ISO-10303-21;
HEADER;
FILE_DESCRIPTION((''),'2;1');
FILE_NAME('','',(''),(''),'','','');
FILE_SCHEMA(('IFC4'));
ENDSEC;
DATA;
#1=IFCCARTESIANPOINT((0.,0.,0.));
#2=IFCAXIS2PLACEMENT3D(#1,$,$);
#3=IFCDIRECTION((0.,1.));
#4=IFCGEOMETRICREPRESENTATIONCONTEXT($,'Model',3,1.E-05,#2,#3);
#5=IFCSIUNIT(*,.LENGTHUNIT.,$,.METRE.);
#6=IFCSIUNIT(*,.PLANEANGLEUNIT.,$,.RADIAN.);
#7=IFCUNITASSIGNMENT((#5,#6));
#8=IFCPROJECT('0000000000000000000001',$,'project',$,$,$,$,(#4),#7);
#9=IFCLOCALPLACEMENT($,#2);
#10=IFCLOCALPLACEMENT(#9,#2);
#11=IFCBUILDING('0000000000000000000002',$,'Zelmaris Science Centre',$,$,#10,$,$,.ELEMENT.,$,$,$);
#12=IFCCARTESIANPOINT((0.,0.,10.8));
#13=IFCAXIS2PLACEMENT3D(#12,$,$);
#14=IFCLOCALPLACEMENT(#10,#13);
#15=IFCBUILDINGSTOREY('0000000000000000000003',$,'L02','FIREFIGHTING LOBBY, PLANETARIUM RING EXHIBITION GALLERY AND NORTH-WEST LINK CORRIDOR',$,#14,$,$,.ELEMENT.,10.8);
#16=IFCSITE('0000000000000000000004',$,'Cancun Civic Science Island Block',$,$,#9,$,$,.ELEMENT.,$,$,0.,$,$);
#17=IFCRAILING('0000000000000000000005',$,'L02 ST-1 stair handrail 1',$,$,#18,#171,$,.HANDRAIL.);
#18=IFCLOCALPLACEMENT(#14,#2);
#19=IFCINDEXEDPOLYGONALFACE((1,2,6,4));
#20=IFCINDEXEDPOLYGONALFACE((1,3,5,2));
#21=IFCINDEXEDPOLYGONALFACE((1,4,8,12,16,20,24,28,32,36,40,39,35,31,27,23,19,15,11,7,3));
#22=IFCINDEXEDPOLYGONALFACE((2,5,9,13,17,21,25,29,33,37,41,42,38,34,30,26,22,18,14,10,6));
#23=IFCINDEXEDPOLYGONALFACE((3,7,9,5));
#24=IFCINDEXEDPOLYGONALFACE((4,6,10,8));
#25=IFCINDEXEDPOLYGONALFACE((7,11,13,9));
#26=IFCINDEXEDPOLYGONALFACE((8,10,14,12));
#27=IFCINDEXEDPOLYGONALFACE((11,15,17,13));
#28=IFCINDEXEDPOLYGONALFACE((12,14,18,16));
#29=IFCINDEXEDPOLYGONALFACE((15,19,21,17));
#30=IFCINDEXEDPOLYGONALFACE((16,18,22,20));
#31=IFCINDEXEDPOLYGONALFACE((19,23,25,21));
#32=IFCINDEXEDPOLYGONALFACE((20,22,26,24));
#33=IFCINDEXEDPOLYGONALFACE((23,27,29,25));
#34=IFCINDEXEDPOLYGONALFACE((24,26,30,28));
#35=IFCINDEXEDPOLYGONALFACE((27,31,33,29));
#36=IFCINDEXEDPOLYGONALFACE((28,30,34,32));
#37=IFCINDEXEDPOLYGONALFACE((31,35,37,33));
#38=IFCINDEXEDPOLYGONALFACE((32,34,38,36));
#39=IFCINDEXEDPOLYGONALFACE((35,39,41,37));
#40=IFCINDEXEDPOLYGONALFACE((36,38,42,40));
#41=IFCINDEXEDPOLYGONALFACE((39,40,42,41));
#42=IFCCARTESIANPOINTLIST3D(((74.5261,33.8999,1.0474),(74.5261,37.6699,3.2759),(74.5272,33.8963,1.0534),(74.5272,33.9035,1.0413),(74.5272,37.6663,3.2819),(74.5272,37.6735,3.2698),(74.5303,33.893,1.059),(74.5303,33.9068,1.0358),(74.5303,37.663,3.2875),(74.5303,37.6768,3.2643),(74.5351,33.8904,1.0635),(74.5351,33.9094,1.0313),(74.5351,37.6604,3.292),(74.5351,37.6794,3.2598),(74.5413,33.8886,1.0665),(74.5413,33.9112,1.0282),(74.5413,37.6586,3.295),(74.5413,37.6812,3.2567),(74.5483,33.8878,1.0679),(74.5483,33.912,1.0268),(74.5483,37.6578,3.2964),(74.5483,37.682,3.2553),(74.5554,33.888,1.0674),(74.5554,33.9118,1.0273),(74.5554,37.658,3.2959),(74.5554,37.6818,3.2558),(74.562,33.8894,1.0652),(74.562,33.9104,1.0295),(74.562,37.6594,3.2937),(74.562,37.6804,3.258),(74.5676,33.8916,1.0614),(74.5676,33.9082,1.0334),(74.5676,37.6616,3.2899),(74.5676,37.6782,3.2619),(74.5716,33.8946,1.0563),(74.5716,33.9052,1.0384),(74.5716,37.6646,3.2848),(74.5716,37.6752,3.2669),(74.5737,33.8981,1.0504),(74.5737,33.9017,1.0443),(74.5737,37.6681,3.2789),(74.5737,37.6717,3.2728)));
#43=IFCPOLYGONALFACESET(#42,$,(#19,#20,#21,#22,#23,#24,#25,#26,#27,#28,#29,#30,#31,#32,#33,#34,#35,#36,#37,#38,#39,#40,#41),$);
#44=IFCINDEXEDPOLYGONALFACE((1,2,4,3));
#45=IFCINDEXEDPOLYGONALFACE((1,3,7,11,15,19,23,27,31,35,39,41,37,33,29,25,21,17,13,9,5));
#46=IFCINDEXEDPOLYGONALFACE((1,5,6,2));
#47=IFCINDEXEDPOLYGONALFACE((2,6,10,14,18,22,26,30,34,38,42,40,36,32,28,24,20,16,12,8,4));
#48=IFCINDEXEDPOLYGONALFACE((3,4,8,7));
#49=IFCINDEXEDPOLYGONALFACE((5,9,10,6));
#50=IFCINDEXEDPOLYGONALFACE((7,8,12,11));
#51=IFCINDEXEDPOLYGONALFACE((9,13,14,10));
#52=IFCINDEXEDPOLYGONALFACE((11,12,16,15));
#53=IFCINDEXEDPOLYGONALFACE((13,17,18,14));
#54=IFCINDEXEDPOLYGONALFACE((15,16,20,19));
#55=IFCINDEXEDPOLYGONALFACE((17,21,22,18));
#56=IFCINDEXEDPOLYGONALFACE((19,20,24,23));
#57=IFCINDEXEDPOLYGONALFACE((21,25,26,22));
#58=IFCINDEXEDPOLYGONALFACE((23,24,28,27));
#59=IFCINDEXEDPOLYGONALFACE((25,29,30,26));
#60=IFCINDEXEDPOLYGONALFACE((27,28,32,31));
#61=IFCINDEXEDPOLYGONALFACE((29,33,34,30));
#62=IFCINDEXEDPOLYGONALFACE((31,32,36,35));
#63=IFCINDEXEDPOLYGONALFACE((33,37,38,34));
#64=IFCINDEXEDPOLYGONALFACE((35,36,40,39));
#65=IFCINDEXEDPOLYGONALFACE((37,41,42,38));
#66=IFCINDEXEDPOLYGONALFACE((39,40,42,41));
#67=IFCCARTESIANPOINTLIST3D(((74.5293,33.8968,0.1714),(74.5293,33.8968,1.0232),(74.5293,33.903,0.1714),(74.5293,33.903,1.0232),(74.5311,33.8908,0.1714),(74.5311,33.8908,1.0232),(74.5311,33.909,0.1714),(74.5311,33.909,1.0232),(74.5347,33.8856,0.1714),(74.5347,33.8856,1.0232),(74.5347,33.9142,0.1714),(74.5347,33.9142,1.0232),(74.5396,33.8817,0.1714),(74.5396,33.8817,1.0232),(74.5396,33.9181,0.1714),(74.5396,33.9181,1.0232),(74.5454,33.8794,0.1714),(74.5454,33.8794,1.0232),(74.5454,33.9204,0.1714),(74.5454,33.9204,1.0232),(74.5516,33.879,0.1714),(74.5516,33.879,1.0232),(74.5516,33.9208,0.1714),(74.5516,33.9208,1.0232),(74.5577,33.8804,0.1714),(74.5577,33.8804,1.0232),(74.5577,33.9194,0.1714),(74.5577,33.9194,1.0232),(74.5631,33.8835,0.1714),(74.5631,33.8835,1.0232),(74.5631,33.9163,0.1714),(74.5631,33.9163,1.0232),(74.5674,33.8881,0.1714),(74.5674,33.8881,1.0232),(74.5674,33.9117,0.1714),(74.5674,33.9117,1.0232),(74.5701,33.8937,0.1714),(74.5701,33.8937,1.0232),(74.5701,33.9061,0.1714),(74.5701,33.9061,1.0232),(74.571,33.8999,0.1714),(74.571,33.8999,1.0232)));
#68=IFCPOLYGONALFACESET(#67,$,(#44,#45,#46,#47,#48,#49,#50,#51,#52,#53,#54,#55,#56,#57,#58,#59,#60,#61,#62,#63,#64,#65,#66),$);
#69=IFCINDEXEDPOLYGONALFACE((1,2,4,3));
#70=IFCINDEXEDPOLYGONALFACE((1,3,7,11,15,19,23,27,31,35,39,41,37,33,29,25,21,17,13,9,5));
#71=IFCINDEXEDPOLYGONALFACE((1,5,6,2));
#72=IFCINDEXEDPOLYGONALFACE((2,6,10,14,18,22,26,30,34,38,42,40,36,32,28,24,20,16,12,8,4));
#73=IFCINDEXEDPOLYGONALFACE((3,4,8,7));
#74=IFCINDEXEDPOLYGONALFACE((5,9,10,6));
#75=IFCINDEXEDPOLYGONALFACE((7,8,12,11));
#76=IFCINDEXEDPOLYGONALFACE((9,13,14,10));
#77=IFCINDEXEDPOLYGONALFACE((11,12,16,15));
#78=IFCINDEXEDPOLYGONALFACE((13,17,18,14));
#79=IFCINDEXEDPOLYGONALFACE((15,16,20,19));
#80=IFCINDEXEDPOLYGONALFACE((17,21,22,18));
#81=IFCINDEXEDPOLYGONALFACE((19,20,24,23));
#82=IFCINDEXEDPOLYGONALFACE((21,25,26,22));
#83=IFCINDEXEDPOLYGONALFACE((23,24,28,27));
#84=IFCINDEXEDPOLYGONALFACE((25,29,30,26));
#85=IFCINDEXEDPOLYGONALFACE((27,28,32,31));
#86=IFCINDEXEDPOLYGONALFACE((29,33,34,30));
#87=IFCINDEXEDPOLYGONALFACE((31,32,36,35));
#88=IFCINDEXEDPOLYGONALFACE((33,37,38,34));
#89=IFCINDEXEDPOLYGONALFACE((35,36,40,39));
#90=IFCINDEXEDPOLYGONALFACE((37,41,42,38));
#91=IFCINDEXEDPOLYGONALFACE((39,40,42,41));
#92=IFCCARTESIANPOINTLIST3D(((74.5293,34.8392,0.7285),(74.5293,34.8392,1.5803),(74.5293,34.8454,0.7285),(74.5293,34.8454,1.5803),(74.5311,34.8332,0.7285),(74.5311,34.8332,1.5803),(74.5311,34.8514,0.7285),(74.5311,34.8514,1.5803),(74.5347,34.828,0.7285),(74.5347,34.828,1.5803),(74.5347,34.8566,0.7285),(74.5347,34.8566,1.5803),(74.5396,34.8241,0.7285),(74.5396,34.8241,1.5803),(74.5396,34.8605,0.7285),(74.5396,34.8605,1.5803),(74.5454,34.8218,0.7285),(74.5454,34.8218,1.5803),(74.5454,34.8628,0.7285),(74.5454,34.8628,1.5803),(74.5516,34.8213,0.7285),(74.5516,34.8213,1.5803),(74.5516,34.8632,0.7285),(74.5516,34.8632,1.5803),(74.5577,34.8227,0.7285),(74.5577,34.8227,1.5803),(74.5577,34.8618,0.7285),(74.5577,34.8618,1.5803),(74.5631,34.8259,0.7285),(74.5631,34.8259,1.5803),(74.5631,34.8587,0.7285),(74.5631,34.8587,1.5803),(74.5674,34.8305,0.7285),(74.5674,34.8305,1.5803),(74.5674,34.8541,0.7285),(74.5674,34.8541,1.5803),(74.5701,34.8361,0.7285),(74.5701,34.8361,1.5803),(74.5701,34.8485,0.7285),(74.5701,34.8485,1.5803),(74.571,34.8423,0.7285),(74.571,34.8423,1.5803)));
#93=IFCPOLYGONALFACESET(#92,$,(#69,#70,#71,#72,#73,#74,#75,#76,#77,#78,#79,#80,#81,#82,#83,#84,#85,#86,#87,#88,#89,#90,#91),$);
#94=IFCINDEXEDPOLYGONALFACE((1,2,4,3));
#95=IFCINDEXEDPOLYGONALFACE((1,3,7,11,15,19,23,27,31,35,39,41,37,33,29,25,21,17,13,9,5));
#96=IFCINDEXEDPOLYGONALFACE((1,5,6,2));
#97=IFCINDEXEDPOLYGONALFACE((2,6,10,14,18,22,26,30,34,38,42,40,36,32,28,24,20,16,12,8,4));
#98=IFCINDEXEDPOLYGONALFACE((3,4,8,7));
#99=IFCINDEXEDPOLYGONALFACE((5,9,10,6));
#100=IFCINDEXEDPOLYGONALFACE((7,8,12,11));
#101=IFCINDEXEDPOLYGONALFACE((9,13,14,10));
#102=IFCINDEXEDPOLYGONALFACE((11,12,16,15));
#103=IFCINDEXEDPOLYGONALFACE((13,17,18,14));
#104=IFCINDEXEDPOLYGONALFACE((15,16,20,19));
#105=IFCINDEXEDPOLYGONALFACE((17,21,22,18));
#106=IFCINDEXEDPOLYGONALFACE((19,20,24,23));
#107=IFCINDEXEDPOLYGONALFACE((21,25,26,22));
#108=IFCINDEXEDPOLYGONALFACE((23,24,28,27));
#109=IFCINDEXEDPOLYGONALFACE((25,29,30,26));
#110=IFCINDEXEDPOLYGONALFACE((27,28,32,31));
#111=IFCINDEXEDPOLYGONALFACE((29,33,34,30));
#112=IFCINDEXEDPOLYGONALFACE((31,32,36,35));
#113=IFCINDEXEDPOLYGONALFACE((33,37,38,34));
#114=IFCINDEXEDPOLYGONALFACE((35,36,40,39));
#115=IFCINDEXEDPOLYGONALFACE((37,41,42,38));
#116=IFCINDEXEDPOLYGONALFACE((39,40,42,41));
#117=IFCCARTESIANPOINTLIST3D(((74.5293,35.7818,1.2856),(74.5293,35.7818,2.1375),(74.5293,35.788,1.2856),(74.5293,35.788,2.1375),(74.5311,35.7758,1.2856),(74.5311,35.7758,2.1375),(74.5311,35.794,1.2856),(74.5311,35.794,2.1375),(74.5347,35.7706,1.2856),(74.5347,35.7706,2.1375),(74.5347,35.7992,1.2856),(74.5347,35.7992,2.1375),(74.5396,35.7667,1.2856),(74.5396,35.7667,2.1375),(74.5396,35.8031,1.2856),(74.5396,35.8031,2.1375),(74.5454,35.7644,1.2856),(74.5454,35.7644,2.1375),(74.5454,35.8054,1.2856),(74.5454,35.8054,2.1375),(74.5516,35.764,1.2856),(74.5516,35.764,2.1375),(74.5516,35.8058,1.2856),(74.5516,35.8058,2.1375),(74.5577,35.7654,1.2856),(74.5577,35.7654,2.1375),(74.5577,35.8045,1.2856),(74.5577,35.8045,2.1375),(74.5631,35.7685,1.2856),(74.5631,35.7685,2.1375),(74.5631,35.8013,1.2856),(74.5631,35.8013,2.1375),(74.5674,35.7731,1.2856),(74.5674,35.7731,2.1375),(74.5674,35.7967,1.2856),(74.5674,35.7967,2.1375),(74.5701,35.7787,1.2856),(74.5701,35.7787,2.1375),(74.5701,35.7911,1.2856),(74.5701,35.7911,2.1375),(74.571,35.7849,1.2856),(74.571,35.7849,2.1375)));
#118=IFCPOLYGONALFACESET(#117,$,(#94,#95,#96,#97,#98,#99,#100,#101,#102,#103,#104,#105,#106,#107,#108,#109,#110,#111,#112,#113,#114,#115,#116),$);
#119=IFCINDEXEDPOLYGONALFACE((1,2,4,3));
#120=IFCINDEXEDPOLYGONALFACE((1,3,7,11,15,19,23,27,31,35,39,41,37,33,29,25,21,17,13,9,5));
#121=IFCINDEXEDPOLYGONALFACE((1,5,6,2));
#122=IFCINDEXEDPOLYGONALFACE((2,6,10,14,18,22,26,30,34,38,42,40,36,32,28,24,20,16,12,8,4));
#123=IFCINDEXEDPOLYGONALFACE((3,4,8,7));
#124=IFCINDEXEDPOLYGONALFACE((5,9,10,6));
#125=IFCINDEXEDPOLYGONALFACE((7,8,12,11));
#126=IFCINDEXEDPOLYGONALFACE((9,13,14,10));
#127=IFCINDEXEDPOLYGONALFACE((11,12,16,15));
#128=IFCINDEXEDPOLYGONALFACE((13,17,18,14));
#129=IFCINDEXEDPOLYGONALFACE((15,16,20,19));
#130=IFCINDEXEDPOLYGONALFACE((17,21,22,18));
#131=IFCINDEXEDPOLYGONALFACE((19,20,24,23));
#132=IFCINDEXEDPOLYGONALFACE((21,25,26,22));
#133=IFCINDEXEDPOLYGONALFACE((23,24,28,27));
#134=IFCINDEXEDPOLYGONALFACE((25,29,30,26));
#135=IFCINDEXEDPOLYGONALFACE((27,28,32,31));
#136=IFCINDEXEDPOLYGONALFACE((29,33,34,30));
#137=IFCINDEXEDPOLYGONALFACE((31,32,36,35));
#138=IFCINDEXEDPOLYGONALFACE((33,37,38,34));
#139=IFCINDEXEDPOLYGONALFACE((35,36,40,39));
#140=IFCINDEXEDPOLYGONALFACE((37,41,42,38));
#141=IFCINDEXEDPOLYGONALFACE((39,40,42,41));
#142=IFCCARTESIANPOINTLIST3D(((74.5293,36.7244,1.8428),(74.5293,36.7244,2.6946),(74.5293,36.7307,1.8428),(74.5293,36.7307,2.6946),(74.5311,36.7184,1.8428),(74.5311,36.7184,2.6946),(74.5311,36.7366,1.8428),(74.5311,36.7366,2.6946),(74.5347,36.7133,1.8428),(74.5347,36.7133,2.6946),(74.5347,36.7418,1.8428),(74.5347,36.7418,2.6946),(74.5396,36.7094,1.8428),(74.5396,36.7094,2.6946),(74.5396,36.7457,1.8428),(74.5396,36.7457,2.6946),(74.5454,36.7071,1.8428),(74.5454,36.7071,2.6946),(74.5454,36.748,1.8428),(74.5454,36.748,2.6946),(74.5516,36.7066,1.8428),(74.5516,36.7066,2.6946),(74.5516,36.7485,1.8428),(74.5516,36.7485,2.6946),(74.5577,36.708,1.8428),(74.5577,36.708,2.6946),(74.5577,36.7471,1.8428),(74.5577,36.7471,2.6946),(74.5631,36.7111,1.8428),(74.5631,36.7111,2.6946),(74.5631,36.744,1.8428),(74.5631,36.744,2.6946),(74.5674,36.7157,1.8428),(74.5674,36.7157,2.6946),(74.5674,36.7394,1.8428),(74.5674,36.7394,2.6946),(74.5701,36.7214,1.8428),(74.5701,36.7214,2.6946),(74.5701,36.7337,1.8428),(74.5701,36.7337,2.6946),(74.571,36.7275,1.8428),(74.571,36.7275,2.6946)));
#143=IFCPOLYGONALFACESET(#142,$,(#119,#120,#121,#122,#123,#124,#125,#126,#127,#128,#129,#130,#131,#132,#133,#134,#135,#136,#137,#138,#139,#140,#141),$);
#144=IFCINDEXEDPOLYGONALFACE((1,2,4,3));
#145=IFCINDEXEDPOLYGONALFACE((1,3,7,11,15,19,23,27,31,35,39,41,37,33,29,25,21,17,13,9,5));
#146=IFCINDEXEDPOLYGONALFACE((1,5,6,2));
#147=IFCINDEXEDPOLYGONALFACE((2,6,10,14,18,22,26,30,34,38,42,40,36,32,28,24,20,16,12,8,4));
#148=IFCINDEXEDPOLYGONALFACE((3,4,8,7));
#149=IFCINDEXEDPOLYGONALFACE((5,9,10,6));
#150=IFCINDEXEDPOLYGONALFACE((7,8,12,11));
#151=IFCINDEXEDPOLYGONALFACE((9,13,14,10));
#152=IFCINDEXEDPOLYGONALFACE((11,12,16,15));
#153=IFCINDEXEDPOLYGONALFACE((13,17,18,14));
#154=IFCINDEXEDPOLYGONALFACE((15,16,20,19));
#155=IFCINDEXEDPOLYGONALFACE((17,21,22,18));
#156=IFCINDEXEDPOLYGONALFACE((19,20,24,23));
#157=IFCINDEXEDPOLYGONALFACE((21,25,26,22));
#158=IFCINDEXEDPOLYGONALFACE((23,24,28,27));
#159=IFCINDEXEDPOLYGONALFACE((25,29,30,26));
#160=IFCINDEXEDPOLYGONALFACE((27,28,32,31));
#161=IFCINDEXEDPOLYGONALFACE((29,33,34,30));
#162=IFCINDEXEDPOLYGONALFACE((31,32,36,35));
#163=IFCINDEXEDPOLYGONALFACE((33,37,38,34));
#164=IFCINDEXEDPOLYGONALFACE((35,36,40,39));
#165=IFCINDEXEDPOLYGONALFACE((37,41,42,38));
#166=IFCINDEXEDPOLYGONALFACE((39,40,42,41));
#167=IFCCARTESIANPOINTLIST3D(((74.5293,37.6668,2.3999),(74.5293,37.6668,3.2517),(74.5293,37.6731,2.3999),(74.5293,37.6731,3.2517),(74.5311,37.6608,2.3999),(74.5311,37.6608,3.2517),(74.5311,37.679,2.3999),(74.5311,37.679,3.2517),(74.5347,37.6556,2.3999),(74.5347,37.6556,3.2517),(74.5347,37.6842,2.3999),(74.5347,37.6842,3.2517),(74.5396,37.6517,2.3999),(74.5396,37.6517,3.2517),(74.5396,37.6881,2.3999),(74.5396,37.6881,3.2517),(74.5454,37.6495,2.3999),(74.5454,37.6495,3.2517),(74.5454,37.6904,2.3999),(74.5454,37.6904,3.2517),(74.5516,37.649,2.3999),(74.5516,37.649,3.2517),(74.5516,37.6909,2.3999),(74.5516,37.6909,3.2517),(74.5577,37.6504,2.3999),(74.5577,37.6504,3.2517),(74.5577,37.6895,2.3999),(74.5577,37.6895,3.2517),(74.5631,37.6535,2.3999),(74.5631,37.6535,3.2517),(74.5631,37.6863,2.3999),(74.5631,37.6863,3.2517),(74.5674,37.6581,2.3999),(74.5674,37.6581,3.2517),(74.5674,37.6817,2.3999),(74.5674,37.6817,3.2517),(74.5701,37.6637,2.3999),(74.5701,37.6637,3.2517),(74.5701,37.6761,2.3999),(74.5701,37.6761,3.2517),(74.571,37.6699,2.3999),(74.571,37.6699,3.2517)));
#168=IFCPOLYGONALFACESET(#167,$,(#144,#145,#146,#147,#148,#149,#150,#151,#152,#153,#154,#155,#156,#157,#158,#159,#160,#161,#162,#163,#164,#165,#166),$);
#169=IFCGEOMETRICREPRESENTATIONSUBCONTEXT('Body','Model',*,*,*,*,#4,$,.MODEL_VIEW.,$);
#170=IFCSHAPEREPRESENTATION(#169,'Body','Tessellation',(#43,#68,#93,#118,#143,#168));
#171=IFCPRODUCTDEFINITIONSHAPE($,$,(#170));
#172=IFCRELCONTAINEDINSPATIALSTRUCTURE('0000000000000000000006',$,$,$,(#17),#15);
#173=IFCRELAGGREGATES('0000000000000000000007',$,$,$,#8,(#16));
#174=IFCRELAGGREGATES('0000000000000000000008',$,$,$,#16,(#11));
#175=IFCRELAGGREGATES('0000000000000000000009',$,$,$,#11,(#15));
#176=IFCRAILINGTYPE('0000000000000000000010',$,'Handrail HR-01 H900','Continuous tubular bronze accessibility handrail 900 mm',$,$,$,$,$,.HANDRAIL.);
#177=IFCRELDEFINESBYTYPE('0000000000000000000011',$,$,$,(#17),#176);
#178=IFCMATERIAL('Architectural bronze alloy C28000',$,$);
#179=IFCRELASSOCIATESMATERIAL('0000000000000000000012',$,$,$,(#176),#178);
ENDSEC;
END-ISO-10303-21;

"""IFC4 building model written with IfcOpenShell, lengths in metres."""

from ifc_helpers import new_model, si_unit, direction, frame, origin, origin_2d, place, context, subcontext, project, spatial, circle, extrude, material, type_object, element, save


model = new_model("IFC4")

# Units and contexts
model_context = context("Model", 3, precision=1e-05, world=origin(), true_north=direction((0.0, 1.0)))
body_context = subcontext(model_context, "Body", "Model", "MODEL_VIEW")
ifc_project = project(units=[si_unit("LENGTHUNIT", "METRE"), si_unit("PLANEANGLEUNIT", "RADIAN")], contexts=[model_context])

# Site, building, storey
site_placement = place(None, origin())
site = spatial("IfcSite", under=ifc_project, at=site_placement, Name="Cancun Civic Science Island Block", CompositionType="ELEMENT", RefElevation=0.0)
building_placement = place(site_placement, origin())
building = spatial("IfcBuilding", under=site, at=building_placement, Name="Zelmaris Science Centre", CompositionType="ELEMENT")
storey_placement = place(building_placement, frame((0.0, 0.0, 10.8)))
storey = spatial("IfcBuildingStorey", under=building, at=storey_placement, Name="L02", Description="FIREFIGHTING LOBBY, PLANETARIUM RING EXHIBITION GALLERY AND NORTH-WEST LINK CORRIDOR", CompositionType="ELEMENT", Elevation=10.8)

# Railing
ifc_material_1 = material(Name="Architectural bronze alloy C28000")
railing_type_1 = type_object("IfcRailingType", Name="Handrail HR-01 H900", Description="Continuous tubular bronze accessibility handrail 900 mm", PredefinedType="HANDRAIL", material=ifc_material_1)
railing_1_placement = place(storey_placement, frame((74.55, 33.8999, 0.1714)))
element("IfcRailing", 1, at=railing_1_placement, inside=storey, type_object=railing_type_1, Name="L02 ST-1 stair handrail 1", PredefinedType="HANDRAIL", context=body_context, shape_type="SweptSolid", body=[
    extrude(circle(Radius=0.0239, at=origin_2d()), frame((0.0, 0.0, 0.876), z_axis=(0.0, 0.860849, 0.508861), x_axis=(-1.0, 0.0, 0.0)), (0.0, 0.0, 1.0), 4.3794),
    extrude(circle(Radius=0.021, at=origin_2d()), origin(), (0.0, 0.0, 1.0), 0.8518),
    extrude(circle(Radius=0.021, at=origin_2d()), frame((0.0, 0.9424, 0.5571)), (0.0, 0.0, 1.0), 0.8518),
    extrude(circle(Radius=0.021, at=origin_2d()), frame((0.0, 1.885, 1.1143)), (0.0, 0.0, 1.0), 0.8518),
    extrude(circle(Radius=0.021, at=origin_2d()), frame((0.0, 2.8276, 1.6714)), (0.0, 0.0, 1.0), 0.8518),
    extrude(circle(Radius=0.021, at=origin_2d()), frame((0.0, 3.77, 2.2285)), (0.0, 0.0, 1.0), 0.8518),
])

save(model, "model.ifc")
